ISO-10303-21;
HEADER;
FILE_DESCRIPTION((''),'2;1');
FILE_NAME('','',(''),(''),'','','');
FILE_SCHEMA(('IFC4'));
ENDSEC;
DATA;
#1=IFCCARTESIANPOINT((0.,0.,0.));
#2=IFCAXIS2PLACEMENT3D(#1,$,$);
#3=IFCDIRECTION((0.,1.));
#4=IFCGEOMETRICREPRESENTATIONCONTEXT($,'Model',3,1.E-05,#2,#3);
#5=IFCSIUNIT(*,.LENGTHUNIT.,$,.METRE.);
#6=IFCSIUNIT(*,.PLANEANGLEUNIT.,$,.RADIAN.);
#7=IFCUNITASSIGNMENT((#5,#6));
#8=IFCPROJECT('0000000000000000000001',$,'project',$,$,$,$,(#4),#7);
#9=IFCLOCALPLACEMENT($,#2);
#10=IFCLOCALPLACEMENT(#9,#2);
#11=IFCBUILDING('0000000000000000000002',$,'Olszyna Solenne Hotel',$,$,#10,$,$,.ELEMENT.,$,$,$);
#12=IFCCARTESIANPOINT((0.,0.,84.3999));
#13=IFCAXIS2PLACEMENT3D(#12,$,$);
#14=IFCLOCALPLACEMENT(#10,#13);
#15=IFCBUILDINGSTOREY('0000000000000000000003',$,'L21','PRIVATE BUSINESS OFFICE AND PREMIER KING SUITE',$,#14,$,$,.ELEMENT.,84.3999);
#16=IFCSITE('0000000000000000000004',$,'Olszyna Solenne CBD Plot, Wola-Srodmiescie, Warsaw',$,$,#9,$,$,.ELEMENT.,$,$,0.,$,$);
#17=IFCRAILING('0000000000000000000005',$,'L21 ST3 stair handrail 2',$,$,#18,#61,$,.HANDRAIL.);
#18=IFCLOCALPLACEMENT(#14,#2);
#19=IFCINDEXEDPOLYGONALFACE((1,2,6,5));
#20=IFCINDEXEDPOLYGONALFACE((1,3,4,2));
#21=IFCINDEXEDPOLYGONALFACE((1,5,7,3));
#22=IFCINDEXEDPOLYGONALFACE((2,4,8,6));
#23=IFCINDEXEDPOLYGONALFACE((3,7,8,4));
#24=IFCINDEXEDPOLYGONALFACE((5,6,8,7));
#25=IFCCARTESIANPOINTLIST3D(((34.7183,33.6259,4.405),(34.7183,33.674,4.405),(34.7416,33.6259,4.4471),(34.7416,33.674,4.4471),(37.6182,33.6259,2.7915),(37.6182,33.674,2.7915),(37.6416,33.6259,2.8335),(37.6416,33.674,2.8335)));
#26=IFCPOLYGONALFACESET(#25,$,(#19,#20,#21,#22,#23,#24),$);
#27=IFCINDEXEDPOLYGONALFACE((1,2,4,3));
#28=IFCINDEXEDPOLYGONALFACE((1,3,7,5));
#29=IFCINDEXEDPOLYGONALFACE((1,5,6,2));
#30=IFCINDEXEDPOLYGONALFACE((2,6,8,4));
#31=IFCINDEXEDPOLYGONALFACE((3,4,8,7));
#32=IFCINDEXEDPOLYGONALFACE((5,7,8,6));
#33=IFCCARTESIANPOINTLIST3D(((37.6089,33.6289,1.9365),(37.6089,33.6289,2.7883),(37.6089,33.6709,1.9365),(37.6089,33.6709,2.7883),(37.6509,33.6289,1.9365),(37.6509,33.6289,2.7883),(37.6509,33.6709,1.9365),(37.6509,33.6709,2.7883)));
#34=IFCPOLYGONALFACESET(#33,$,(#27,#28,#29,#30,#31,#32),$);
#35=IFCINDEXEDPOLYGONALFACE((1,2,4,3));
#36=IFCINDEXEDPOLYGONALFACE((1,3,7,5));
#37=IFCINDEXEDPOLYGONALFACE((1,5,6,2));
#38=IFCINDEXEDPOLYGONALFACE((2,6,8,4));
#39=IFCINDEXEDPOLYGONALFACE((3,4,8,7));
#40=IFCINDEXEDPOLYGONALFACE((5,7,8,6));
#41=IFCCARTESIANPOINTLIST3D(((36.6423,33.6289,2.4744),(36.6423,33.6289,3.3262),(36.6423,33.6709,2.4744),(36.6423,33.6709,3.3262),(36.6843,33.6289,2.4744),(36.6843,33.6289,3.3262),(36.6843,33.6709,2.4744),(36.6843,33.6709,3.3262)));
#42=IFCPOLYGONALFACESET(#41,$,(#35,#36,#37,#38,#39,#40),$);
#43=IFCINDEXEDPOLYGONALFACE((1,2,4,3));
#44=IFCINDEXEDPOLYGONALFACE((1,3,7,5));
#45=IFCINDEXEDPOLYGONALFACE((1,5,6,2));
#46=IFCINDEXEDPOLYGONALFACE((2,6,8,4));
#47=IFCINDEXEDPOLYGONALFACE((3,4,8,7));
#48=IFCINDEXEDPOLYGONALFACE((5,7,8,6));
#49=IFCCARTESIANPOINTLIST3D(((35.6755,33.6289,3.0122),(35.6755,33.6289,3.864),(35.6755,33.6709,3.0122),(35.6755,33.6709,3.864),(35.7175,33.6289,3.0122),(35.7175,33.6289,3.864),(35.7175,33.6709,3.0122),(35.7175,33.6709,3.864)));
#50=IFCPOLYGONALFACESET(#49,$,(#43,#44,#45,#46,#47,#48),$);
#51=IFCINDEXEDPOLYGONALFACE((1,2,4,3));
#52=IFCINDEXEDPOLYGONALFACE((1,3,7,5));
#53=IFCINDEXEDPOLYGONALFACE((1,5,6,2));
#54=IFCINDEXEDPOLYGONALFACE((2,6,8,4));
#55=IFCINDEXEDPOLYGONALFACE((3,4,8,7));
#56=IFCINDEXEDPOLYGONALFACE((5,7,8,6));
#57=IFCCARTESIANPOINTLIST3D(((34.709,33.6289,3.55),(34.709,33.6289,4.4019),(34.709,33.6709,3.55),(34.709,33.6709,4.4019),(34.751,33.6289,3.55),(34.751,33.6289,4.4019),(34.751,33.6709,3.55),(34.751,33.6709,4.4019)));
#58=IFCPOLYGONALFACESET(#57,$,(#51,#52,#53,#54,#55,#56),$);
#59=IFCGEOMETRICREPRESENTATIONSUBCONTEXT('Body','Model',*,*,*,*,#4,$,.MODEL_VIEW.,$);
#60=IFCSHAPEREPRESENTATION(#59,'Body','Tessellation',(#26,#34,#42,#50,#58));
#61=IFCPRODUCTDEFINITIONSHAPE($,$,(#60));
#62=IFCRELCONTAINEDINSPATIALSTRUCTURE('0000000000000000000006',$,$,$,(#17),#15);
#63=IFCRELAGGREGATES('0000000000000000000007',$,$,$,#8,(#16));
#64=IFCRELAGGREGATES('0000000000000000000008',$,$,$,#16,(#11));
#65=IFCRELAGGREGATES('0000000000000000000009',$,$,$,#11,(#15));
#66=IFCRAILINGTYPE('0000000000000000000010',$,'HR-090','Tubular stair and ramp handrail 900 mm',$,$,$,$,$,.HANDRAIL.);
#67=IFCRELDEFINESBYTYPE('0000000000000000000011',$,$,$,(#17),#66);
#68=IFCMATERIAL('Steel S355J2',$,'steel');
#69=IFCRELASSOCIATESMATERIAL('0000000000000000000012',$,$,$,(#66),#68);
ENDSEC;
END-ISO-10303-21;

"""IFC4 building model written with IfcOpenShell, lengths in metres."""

from ifc_helpers import new_model, si_unit, direction, frame, origin, origin_2d, place, context, subcontext, project, spatial, rectangle, extrude, material, type_object, element, save


model = new_model("IFC4")

# Units and contexts
model_context = context("Model", 3, precision=1e-05, world=origin(), true_north=direction((0.0, 1.0)))
body_context = subcontext(model_context, "Body", "Model", "MODEL_VIEW")
ifc_project = project(units=[si_unit("LENGTHUNIT", "METRE"), si_unit("PLANEANGLEUNIT", "RADIAN")], contexts=[model_context])

# Site, building, storey
site_placement = place(None, origin())
site = spatial("IfcSite", under=ifc_project, at=site_placement, Name="Olszyna Solenne CBD Plot, Wola-Srodmiescie, Warsaw", CompositionType="ELEMENT", RefElevation=0.0)
building_placement = place(site_placement, origin())
building = spatial("IfcBuilding", under=site, at=building_placement, Name="Olszyna Solenne Hotel", CompositionType="ELEMENT")
storey_placement = place(building_placement, frame((0.0, 0.0, 84.3999)))
storey = spatial("IfcBuildingStorey", under=building, at=storey_placement, Name="L21", Description="PRIVATE BUSINESS OFFICE AND PREMIER KING SUITE", CompositionType="ELEMENT", Elevation=84.3999)

# Shared definitions
ifc_material_1 = material(Name="Steel S355J2", Category="steel")

# Railing
railing_type_1 = type_object("IfcRailingType", Name="HR-090", Description="Tubular stair and ramp handrail 900 mm", PredefinedType="HANDRAIL", material=ifc_material_1)
railing_1_placement = place(storey_placement, frame((37.6299, 33.6499, 1.9365)))
element("IfcRailing", 1, at=railing_1_placement, inside=storey, type_object=railing_type_1, Name="L21 ST3 stair handrail 2", PredefinedType="HANDRAIL", context=body_context, shape_type="SweptSolid", body=[
    extrude(rectangle(XDim=0.0481, YDim=0.0481, at=origin_2d()), frame((0.0, 0.0, 0.876), z_axis=(-0.873841, 0.0, 0.486211), x_axis=(0.0, -1.0, 0.0)), (0.0, 0.0, 1.0), 3.3186),
    extrude(rectangle(XDim=0.042, YDim=0.042, at=origin_2d()), origin(), (0.0, 0.0, 1.0), 0.8518),
    extrude(rectangle(XDim=0.042, YDim=0.042, at=origin_2d()), frame((-0.9666, 0.0, 0.5378)), (0.0, 0.0, 1.0), 0.8518),
    extrude(rectangle(XDim=0.042, YDim=0.042, at=origin_2d()), frame((-1.9333, 0.0, 1.0757)), (0.0, 0.0, 1.0), 0.8518),
    extrude(rectangle(XDim=0.042, YDim=0.042, at=origin_2d()), frame((-2.8999, 0.0, 1.6135)), (0.0, 0.0, 1.0), 0.8518),
])

save(model, "model.ifc")
